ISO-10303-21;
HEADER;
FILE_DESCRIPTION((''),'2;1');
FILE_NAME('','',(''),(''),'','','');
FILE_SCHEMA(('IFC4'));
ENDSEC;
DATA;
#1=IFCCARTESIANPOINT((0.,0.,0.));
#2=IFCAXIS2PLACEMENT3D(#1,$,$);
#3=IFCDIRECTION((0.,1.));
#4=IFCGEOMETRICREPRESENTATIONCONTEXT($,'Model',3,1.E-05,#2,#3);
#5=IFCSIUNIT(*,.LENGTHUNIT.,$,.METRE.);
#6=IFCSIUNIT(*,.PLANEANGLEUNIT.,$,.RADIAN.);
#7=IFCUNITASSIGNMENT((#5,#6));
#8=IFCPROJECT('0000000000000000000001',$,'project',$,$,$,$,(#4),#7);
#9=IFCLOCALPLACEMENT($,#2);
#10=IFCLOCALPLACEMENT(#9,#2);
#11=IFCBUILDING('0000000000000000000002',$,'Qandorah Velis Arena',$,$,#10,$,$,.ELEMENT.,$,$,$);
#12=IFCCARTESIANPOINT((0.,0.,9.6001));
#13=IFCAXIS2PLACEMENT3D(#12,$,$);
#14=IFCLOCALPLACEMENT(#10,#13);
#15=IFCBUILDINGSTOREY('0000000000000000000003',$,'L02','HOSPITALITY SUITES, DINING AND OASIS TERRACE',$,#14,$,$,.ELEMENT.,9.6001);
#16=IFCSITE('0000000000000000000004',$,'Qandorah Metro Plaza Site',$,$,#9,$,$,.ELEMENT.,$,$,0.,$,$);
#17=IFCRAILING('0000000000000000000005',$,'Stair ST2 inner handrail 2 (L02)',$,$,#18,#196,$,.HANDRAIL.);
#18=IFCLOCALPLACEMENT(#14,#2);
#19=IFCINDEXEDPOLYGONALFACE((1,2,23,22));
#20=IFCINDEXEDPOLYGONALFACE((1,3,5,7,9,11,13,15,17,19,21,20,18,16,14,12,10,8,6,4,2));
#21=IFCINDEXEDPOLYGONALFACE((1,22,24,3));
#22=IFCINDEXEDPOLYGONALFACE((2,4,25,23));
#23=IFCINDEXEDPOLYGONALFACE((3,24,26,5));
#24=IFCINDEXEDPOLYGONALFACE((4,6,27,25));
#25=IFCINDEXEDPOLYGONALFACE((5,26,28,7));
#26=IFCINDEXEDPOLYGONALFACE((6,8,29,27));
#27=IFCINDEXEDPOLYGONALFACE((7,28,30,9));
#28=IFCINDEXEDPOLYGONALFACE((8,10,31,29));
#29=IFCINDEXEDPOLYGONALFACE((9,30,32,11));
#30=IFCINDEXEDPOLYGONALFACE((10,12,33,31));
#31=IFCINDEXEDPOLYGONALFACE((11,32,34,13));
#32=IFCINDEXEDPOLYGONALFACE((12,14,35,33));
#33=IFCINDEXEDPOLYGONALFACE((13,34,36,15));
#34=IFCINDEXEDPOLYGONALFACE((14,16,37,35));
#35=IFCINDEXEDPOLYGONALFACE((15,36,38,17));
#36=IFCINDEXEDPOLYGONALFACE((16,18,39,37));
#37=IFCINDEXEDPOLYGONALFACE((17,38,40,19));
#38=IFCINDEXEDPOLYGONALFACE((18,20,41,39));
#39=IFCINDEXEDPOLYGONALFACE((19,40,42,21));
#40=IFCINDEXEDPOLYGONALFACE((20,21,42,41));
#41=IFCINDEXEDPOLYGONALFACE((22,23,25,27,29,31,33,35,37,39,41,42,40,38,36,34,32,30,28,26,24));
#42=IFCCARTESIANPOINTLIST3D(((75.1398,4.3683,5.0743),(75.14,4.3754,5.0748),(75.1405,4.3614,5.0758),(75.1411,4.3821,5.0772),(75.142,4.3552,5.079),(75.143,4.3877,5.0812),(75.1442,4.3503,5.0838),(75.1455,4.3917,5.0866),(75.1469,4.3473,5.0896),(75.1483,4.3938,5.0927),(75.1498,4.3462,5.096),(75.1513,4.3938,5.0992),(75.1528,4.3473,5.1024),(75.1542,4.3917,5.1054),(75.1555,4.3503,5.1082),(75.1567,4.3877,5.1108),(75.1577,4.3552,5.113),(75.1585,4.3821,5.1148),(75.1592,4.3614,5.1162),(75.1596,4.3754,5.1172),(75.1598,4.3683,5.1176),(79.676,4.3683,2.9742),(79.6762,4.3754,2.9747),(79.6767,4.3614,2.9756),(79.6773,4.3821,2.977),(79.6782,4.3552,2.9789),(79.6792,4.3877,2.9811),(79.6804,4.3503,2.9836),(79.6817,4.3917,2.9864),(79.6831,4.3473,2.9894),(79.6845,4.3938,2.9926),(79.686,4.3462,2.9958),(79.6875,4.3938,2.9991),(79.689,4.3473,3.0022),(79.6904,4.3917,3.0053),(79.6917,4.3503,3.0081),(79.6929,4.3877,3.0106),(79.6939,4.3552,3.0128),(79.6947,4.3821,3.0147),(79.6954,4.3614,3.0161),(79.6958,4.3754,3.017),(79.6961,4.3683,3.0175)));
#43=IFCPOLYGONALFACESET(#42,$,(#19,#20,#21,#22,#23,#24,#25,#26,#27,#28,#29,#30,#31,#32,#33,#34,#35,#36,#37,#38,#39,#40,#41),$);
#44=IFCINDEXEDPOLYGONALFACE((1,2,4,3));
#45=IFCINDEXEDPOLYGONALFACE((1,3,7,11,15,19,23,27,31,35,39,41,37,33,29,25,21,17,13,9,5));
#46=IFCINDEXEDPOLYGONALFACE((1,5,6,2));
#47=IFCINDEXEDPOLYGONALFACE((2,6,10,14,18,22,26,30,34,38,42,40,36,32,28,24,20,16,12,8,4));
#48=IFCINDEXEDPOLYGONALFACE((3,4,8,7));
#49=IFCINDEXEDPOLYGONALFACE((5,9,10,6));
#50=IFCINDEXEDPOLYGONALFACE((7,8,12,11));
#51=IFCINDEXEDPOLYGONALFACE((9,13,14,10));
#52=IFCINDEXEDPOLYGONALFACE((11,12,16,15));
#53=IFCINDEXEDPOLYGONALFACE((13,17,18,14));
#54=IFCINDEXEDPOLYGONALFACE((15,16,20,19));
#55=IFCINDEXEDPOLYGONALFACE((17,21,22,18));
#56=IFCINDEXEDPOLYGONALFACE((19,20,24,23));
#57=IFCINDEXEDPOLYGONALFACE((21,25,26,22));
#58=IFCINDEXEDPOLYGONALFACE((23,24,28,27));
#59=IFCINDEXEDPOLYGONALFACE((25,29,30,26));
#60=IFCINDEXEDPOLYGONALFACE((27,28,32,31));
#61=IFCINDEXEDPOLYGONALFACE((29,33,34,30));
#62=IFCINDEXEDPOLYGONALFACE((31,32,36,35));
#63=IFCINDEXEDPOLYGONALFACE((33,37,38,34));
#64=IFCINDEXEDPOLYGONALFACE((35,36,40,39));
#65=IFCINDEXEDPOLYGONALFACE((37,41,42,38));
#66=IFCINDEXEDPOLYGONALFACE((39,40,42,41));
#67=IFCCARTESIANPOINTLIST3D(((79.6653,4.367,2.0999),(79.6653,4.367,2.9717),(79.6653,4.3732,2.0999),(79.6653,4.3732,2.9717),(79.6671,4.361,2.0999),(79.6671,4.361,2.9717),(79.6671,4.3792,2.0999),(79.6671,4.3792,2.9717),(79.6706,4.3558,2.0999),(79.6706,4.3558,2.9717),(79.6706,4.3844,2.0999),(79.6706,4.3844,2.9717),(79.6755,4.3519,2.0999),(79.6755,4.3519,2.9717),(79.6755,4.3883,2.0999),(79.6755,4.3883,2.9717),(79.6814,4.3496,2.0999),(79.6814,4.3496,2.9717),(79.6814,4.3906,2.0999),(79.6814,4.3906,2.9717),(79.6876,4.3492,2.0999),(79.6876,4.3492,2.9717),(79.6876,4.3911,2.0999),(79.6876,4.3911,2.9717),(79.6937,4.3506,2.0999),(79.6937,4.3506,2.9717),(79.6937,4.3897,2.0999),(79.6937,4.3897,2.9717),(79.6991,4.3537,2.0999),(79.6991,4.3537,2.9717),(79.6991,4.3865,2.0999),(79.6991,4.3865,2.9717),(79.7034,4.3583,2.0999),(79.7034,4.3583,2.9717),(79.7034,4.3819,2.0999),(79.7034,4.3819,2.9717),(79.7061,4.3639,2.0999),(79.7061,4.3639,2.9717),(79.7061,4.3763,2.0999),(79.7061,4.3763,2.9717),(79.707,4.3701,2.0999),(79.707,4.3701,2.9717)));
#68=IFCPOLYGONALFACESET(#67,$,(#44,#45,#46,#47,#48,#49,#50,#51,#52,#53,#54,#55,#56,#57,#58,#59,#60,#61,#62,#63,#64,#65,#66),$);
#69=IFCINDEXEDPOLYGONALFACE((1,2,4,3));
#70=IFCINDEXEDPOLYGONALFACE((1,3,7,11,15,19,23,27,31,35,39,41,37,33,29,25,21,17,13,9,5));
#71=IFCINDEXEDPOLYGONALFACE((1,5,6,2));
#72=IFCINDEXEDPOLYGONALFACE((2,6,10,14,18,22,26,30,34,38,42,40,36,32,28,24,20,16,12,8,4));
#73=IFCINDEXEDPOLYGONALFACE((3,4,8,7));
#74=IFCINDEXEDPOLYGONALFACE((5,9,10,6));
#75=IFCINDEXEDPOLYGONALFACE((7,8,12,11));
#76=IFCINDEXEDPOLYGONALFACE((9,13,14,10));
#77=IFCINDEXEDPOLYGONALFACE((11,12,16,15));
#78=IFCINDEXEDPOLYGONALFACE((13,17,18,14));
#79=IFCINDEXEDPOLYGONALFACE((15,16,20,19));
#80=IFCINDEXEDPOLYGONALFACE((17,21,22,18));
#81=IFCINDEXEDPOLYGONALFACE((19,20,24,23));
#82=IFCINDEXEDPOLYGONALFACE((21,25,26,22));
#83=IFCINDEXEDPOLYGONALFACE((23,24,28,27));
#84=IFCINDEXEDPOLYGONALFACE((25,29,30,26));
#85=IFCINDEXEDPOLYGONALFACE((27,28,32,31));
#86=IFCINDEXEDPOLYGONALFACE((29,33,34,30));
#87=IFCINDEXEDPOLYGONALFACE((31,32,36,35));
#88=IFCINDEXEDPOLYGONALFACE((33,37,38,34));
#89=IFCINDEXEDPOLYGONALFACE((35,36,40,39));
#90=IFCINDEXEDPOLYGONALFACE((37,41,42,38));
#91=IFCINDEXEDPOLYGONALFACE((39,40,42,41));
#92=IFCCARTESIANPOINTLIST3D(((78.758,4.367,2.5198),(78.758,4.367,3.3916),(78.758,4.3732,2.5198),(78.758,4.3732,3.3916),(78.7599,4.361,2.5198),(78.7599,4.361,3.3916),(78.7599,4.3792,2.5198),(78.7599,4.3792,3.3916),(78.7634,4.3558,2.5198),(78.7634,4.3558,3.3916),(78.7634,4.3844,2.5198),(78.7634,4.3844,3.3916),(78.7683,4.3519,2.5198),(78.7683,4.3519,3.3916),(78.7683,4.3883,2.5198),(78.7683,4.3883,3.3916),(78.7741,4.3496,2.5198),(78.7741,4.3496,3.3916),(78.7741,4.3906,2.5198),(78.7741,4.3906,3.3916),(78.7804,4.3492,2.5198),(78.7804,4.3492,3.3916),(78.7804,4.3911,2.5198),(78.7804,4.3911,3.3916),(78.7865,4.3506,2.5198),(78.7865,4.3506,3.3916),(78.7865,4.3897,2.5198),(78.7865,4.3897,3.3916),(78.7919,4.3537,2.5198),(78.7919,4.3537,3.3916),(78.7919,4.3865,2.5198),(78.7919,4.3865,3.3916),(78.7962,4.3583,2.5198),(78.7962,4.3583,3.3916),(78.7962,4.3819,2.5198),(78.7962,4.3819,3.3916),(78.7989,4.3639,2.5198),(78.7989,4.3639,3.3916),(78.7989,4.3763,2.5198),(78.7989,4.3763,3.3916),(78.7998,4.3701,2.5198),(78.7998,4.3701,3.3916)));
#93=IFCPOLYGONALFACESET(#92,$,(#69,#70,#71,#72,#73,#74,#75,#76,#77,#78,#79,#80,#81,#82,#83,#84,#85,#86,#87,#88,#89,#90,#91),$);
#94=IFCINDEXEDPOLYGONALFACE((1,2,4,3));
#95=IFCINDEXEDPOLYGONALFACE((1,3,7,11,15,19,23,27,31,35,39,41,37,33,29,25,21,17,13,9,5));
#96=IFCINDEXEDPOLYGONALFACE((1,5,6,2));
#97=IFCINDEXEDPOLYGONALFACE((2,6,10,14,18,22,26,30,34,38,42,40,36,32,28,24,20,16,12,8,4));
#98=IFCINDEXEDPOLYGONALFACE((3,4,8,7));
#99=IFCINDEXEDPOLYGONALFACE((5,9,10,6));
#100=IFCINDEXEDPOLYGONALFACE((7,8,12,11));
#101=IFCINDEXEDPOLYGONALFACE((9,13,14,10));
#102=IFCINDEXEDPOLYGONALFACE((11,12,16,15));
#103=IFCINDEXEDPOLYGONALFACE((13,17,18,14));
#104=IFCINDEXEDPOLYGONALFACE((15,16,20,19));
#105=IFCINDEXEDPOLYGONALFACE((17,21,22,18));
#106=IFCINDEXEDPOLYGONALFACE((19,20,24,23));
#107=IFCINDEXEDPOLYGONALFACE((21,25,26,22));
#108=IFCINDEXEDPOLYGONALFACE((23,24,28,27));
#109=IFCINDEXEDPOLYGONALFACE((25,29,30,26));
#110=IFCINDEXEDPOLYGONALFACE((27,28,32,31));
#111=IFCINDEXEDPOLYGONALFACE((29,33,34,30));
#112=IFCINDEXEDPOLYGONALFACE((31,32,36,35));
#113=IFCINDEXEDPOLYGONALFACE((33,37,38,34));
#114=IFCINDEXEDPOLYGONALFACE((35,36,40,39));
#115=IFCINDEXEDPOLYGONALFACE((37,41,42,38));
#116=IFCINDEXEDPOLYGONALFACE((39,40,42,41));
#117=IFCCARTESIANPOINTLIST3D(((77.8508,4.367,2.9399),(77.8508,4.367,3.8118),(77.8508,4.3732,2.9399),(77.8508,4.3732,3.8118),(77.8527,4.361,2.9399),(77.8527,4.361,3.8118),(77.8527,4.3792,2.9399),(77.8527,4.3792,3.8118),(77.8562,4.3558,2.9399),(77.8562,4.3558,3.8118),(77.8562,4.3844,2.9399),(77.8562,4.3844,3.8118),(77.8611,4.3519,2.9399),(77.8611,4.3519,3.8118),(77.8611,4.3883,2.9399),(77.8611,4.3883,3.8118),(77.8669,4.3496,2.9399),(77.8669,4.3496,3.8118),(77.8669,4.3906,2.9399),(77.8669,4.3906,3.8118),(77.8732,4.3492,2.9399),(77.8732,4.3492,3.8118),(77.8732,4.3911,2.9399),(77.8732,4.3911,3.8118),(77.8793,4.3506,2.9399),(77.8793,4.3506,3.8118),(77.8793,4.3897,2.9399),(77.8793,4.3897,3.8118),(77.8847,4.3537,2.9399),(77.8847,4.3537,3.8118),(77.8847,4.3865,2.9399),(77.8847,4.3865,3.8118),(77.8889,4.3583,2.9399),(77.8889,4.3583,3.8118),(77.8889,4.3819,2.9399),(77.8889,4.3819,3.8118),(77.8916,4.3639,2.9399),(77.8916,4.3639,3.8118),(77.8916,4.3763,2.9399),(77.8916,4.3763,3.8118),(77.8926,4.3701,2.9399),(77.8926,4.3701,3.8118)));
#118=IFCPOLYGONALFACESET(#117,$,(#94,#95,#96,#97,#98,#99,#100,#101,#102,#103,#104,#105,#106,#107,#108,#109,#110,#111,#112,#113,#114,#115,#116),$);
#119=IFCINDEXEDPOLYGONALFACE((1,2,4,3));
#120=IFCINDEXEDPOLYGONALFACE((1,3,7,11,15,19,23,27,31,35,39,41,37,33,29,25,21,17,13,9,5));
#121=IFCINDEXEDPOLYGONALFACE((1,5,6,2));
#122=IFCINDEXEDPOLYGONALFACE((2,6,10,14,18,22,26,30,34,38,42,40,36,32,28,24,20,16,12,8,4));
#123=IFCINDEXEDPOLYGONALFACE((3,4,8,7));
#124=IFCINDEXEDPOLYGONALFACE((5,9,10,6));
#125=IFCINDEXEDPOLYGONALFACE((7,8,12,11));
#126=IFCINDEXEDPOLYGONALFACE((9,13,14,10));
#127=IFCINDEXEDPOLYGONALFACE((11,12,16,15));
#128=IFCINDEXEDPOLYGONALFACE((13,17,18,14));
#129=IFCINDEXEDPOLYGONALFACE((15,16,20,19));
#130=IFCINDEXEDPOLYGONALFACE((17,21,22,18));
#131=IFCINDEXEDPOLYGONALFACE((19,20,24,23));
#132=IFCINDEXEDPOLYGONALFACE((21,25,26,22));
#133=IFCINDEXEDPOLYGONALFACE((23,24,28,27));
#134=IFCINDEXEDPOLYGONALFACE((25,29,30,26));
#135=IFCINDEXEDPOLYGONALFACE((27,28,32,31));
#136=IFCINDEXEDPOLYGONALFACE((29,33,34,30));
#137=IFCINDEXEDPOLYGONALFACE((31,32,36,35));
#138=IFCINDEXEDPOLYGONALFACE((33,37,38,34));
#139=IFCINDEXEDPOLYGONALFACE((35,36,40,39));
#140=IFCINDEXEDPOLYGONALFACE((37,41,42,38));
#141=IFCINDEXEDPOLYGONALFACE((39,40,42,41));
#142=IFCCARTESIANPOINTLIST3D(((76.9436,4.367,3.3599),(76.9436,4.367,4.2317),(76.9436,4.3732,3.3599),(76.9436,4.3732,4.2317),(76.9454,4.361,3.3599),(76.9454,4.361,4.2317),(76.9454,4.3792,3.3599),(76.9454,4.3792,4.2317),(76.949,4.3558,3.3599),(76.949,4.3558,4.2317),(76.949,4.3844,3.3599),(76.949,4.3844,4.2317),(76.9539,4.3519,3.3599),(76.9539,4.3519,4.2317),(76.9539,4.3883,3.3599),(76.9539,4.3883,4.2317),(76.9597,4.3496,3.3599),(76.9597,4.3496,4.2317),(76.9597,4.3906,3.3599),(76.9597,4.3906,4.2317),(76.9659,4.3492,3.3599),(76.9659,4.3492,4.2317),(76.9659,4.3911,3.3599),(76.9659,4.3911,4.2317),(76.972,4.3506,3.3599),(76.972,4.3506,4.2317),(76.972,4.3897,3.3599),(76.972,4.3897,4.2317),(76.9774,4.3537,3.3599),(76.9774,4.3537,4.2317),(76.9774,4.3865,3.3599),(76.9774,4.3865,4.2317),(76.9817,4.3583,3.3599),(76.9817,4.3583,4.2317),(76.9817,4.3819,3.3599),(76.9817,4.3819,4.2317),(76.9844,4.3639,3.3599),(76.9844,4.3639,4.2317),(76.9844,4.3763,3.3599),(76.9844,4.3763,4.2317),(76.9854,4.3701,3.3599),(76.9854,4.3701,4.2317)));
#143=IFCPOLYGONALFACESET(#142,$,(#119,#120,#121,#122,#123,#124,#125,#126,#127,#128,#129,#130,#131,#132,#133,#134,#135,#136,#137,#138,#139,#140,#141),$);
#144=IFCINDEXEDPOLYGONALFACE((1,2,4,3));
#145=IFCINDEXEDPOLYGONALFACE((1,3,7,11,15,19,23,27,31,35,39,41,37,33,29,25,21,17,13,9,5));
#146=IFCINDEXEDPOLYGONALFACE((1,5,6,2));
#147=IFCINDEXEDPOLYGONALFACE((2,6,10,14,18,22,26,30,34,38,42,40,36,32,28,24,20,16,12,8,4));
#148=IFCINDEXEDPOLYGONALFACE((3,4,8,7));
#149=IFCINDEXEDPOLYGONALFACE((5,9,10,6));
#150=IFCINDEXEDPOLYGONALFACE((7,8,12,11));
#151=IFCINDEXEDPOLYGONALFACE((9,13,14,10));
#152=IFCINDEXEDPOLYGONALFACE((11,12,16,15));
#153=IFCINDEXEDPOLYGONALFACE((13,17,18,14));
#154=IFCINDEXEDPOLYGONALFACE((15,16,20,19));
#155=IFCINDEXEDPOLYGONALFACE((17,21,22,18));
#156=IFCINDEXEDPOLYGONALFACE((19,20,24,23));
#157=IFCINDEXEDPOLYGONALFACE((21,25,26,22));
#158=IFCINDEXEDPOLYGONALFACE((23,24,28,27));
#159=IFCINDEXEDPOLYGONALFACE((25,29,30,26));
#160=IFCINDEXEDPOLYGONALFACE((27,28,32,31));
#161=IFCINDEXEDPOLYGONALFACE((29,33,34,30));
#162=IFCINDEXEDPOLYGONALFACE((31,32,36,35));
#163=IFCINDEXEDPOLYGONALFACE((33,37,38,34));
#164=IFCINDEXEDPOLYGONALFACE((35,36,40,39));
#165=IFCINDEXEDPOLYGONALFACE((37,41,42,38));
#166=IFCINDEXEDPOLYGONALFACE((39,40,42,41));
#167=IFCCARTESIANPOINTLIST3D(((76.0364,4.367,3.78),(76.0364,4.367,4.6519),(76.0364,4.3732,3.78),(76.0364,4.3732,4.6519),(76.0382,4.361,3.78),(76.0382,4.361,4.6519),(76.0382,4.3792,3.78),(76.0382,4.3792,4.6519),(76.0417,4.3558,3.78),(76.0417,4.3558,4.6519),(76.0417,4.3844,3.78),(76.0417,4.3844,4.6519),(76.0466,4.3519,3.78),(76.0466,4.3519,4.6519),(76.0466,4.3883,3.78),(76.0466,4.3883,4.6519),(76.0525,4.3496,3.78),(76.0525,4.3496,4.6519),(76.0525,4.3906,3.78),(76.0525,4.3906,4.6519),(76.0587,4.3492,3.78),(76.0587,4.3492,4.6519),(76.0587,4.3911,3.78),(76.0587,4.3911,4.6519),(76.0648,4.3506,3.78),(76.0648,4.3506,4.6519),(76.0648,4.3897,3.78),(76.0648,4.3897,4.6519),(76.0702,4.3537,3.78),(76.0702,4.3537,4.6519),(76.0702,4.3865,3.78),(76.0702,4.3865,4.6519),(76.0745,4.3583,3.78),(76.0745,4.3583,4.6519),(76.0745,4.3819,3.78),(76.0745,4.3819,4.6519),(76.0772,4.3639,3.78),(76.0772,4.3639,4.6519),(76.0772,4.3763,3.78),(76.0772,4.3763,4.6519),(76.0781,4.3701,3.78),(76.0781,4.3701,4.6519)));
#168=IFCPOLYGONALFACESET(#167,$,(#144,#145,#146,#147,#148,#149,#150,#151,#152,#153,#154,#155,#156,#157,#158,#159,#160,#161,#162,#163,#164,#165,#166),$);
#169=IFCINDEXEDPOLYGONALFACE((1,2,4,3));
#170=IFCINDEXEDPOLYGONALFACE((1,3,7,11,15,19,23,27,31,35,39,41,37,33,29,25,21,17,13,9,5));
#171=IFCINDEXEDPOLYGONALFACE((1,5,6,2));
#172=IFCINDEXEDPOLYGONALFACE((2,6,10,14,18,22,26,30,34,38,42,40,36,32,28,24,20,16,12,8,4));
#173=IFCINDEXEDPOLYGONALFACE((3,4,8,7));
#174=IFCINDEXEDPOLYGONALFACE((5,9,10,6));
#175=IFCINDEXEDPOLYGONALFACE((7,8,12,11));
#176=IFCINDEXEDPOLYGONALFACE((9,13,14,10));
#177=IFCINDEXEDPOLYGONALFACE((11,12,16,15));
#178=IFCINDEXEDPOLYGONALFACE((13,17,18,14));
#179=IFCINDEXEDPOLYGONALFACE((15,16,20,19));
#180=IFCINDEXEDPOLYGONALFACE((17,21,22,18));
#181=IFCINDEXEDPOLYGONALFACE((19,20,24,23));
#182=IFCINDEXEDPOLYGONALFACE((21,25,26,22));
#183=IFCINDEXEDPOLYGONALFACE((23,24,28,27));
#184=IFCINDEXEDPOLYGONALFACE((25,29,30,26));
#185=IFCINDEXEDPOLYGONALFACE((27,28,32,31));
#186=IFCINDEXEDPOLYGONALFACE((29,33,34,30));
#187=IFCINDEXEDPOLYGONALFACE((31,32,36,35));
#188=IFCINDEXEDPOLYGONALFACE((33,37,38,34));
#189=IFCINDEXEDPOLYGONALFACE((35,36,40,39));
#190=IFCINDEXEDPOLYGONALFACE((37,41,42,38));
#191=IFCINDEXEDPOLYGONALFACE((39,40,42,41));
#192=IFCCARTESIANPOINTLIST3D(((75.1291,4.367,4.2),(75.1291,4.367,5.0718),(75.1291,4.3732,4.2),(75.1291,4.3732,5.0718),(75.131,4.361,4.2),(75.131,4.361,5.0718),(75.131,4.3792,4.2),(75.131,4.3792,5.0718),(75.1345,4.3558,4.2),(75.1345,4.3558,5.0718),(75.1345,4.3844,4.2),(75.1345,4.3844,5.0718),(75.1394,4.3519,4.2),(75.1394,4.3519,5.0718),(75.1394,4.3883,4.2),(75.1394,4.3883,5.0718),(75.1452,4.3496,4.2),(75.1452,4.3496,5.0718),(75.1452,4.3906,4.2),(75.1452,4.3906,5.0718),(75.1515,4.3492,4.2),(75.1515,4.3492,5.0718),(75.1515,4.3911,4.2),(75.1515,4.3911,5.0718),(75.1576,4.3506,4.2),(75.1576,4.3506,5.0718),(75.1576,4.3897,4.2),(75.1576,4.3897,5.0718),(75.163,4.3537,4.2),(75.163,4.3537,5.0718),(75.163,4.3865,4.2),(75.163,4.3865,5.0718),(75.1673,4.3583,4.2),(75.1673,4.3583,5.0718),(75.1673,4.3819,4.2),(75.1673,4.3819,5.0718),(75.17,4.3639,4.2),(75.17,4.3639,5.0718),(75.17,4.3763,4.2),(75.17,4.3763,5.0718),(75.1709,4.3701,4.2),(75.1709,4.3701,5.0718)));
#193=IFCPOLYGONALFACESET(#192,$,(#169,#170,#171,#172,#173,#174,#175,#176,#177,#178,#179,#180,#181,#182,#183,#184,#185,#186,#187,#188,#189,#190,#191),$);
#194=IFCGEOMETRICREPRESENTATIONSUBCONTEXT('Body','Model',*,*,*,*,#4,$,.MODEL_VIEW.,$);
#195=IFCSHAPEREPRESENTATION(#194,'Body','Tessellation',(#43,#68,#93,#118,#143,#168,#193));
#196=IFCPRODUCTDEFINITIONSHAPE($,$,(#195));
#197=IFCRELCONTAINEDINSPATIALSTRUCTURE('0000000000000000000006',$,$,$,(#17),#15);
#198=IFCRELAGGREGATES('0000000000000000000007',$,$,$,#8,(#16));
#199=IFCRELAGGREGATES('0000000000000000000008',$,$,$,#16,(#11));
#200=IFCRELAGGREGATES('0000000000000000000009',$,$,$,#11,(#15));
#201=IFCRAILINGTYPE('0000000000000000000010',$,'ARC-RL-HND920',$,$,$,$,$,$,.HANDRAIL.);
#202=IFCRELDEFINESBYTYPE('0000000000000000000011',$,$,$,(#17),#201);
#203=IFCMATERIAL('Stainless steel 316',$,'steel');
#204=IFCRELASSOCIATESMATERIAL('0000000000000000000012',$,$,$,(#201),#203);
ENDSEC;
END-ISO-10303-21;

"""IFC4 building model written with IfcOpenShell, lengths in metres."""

from ifc_helpers import new_model, si_unit, direction, frame, origin, origin_2d, place, context, subcontext, project, spatial, circle, extrude, material, type_object, element, save


model = new_model("IFC4")

# Units and contexts
model_context = context("Model", 3, precision=1e-05, world=origin(), true_north=direction((0.0, 1.0)))
body_context = subcontext(model_context, "Body", "Model", "MODEL_VIEW")
ifc_project = project(units=[si_unit("LENGTHUNIT", "METRE"), si_unit("PLANEANGLEUNIT", "RADIAN")], contexts=[model_context])

# Site, building, storey
site_placement = place(None, origin())
site = spatial("IfcSite", under=ifc_project, at=site_placement, Name="Qandorah Metro Plaza Site", CompositionType="ELEMENT", RefElevation=0.0)
building_placement = place(site_placement, origin())
building = spatial("IfcBuilding", under=site, at=building_placement, Name="Qandorah Velis Arena", CompositionType="ELEMENT")
storey_placement = place(building_placement, frame((0.0, 0.0, 9.6001)))
storey = spatial("IfcBuildingStorey", under=building, at=storey_placement, Name="L02", Description="HOSPITALITY SUITES, DINING AND OASIS TERRACE", CompositionType="ELEMENT", Elevation=9.6001)

# Railing
ifc_material_1 = material(Name="Stainless steel 316", Category="steel")
railing_type_1 = type_object("IfcRailingType", Name="ARC-RL-HND920", PredefinedType="HANDRAIL", material=ifc_material_1)
railing_1_placement = place(storey_placement, frame((79.686, 4.3701, 2.0999)))
element("IfcRailing", 1, at=railing_1_placement, inside=storey, type_object=railing_type_1, Name="Stair ST2 inner handrail 2 (L02)", PredefinedType="HANDRAIL", context=body_context, shape_type="SweptSolid", body=[
    extrude(circle(Radius=0.0239, at=origin_2d()), frame((0.0, 0.0, 0.896), z_axis=(-0.907464, 0.0, 0.42013), x_axis=(0.0, -1.0, 0.0)), (0.0, 0.0, 1.0), 4.9988),
    extrude(circle(Radius=0.021, at=origin_2d()), origin(), (0.0, 0.0, 1.0), 0.8718),
    extrude(circle(Radius=0.021, at=origin_2d()), frame((-0.9072, 0.0, 0.4199)), (0.0, 0.0, 1.0), 0.8718),
    extrude(circle(Radius=0.021, at=origin_2d()), frame((-1.8145, 0.0, 0.8401)), (0.0, 0.0, 1.0), 0.8718),
    extrude(circle(Radius=0.021, at=origin_2d()), frame((-2.7217, 0.0, 1.26)), (0.0, 0.0, 1.0), 0.8718),
    extrude(circle(Radius=0.021, at=origin_2d()), frame((-3.6289, 0.0, 1.6802)), (0.0, 0.0, 1.0), 0.8718),
    extrude(circle(Radius=0.021, at=origin_2d()), frame((-4.5361, 0.0, 2.1001)), (0.0, 0.0, 1.0), 0.8718),
])

save(model, "model.ifc")
